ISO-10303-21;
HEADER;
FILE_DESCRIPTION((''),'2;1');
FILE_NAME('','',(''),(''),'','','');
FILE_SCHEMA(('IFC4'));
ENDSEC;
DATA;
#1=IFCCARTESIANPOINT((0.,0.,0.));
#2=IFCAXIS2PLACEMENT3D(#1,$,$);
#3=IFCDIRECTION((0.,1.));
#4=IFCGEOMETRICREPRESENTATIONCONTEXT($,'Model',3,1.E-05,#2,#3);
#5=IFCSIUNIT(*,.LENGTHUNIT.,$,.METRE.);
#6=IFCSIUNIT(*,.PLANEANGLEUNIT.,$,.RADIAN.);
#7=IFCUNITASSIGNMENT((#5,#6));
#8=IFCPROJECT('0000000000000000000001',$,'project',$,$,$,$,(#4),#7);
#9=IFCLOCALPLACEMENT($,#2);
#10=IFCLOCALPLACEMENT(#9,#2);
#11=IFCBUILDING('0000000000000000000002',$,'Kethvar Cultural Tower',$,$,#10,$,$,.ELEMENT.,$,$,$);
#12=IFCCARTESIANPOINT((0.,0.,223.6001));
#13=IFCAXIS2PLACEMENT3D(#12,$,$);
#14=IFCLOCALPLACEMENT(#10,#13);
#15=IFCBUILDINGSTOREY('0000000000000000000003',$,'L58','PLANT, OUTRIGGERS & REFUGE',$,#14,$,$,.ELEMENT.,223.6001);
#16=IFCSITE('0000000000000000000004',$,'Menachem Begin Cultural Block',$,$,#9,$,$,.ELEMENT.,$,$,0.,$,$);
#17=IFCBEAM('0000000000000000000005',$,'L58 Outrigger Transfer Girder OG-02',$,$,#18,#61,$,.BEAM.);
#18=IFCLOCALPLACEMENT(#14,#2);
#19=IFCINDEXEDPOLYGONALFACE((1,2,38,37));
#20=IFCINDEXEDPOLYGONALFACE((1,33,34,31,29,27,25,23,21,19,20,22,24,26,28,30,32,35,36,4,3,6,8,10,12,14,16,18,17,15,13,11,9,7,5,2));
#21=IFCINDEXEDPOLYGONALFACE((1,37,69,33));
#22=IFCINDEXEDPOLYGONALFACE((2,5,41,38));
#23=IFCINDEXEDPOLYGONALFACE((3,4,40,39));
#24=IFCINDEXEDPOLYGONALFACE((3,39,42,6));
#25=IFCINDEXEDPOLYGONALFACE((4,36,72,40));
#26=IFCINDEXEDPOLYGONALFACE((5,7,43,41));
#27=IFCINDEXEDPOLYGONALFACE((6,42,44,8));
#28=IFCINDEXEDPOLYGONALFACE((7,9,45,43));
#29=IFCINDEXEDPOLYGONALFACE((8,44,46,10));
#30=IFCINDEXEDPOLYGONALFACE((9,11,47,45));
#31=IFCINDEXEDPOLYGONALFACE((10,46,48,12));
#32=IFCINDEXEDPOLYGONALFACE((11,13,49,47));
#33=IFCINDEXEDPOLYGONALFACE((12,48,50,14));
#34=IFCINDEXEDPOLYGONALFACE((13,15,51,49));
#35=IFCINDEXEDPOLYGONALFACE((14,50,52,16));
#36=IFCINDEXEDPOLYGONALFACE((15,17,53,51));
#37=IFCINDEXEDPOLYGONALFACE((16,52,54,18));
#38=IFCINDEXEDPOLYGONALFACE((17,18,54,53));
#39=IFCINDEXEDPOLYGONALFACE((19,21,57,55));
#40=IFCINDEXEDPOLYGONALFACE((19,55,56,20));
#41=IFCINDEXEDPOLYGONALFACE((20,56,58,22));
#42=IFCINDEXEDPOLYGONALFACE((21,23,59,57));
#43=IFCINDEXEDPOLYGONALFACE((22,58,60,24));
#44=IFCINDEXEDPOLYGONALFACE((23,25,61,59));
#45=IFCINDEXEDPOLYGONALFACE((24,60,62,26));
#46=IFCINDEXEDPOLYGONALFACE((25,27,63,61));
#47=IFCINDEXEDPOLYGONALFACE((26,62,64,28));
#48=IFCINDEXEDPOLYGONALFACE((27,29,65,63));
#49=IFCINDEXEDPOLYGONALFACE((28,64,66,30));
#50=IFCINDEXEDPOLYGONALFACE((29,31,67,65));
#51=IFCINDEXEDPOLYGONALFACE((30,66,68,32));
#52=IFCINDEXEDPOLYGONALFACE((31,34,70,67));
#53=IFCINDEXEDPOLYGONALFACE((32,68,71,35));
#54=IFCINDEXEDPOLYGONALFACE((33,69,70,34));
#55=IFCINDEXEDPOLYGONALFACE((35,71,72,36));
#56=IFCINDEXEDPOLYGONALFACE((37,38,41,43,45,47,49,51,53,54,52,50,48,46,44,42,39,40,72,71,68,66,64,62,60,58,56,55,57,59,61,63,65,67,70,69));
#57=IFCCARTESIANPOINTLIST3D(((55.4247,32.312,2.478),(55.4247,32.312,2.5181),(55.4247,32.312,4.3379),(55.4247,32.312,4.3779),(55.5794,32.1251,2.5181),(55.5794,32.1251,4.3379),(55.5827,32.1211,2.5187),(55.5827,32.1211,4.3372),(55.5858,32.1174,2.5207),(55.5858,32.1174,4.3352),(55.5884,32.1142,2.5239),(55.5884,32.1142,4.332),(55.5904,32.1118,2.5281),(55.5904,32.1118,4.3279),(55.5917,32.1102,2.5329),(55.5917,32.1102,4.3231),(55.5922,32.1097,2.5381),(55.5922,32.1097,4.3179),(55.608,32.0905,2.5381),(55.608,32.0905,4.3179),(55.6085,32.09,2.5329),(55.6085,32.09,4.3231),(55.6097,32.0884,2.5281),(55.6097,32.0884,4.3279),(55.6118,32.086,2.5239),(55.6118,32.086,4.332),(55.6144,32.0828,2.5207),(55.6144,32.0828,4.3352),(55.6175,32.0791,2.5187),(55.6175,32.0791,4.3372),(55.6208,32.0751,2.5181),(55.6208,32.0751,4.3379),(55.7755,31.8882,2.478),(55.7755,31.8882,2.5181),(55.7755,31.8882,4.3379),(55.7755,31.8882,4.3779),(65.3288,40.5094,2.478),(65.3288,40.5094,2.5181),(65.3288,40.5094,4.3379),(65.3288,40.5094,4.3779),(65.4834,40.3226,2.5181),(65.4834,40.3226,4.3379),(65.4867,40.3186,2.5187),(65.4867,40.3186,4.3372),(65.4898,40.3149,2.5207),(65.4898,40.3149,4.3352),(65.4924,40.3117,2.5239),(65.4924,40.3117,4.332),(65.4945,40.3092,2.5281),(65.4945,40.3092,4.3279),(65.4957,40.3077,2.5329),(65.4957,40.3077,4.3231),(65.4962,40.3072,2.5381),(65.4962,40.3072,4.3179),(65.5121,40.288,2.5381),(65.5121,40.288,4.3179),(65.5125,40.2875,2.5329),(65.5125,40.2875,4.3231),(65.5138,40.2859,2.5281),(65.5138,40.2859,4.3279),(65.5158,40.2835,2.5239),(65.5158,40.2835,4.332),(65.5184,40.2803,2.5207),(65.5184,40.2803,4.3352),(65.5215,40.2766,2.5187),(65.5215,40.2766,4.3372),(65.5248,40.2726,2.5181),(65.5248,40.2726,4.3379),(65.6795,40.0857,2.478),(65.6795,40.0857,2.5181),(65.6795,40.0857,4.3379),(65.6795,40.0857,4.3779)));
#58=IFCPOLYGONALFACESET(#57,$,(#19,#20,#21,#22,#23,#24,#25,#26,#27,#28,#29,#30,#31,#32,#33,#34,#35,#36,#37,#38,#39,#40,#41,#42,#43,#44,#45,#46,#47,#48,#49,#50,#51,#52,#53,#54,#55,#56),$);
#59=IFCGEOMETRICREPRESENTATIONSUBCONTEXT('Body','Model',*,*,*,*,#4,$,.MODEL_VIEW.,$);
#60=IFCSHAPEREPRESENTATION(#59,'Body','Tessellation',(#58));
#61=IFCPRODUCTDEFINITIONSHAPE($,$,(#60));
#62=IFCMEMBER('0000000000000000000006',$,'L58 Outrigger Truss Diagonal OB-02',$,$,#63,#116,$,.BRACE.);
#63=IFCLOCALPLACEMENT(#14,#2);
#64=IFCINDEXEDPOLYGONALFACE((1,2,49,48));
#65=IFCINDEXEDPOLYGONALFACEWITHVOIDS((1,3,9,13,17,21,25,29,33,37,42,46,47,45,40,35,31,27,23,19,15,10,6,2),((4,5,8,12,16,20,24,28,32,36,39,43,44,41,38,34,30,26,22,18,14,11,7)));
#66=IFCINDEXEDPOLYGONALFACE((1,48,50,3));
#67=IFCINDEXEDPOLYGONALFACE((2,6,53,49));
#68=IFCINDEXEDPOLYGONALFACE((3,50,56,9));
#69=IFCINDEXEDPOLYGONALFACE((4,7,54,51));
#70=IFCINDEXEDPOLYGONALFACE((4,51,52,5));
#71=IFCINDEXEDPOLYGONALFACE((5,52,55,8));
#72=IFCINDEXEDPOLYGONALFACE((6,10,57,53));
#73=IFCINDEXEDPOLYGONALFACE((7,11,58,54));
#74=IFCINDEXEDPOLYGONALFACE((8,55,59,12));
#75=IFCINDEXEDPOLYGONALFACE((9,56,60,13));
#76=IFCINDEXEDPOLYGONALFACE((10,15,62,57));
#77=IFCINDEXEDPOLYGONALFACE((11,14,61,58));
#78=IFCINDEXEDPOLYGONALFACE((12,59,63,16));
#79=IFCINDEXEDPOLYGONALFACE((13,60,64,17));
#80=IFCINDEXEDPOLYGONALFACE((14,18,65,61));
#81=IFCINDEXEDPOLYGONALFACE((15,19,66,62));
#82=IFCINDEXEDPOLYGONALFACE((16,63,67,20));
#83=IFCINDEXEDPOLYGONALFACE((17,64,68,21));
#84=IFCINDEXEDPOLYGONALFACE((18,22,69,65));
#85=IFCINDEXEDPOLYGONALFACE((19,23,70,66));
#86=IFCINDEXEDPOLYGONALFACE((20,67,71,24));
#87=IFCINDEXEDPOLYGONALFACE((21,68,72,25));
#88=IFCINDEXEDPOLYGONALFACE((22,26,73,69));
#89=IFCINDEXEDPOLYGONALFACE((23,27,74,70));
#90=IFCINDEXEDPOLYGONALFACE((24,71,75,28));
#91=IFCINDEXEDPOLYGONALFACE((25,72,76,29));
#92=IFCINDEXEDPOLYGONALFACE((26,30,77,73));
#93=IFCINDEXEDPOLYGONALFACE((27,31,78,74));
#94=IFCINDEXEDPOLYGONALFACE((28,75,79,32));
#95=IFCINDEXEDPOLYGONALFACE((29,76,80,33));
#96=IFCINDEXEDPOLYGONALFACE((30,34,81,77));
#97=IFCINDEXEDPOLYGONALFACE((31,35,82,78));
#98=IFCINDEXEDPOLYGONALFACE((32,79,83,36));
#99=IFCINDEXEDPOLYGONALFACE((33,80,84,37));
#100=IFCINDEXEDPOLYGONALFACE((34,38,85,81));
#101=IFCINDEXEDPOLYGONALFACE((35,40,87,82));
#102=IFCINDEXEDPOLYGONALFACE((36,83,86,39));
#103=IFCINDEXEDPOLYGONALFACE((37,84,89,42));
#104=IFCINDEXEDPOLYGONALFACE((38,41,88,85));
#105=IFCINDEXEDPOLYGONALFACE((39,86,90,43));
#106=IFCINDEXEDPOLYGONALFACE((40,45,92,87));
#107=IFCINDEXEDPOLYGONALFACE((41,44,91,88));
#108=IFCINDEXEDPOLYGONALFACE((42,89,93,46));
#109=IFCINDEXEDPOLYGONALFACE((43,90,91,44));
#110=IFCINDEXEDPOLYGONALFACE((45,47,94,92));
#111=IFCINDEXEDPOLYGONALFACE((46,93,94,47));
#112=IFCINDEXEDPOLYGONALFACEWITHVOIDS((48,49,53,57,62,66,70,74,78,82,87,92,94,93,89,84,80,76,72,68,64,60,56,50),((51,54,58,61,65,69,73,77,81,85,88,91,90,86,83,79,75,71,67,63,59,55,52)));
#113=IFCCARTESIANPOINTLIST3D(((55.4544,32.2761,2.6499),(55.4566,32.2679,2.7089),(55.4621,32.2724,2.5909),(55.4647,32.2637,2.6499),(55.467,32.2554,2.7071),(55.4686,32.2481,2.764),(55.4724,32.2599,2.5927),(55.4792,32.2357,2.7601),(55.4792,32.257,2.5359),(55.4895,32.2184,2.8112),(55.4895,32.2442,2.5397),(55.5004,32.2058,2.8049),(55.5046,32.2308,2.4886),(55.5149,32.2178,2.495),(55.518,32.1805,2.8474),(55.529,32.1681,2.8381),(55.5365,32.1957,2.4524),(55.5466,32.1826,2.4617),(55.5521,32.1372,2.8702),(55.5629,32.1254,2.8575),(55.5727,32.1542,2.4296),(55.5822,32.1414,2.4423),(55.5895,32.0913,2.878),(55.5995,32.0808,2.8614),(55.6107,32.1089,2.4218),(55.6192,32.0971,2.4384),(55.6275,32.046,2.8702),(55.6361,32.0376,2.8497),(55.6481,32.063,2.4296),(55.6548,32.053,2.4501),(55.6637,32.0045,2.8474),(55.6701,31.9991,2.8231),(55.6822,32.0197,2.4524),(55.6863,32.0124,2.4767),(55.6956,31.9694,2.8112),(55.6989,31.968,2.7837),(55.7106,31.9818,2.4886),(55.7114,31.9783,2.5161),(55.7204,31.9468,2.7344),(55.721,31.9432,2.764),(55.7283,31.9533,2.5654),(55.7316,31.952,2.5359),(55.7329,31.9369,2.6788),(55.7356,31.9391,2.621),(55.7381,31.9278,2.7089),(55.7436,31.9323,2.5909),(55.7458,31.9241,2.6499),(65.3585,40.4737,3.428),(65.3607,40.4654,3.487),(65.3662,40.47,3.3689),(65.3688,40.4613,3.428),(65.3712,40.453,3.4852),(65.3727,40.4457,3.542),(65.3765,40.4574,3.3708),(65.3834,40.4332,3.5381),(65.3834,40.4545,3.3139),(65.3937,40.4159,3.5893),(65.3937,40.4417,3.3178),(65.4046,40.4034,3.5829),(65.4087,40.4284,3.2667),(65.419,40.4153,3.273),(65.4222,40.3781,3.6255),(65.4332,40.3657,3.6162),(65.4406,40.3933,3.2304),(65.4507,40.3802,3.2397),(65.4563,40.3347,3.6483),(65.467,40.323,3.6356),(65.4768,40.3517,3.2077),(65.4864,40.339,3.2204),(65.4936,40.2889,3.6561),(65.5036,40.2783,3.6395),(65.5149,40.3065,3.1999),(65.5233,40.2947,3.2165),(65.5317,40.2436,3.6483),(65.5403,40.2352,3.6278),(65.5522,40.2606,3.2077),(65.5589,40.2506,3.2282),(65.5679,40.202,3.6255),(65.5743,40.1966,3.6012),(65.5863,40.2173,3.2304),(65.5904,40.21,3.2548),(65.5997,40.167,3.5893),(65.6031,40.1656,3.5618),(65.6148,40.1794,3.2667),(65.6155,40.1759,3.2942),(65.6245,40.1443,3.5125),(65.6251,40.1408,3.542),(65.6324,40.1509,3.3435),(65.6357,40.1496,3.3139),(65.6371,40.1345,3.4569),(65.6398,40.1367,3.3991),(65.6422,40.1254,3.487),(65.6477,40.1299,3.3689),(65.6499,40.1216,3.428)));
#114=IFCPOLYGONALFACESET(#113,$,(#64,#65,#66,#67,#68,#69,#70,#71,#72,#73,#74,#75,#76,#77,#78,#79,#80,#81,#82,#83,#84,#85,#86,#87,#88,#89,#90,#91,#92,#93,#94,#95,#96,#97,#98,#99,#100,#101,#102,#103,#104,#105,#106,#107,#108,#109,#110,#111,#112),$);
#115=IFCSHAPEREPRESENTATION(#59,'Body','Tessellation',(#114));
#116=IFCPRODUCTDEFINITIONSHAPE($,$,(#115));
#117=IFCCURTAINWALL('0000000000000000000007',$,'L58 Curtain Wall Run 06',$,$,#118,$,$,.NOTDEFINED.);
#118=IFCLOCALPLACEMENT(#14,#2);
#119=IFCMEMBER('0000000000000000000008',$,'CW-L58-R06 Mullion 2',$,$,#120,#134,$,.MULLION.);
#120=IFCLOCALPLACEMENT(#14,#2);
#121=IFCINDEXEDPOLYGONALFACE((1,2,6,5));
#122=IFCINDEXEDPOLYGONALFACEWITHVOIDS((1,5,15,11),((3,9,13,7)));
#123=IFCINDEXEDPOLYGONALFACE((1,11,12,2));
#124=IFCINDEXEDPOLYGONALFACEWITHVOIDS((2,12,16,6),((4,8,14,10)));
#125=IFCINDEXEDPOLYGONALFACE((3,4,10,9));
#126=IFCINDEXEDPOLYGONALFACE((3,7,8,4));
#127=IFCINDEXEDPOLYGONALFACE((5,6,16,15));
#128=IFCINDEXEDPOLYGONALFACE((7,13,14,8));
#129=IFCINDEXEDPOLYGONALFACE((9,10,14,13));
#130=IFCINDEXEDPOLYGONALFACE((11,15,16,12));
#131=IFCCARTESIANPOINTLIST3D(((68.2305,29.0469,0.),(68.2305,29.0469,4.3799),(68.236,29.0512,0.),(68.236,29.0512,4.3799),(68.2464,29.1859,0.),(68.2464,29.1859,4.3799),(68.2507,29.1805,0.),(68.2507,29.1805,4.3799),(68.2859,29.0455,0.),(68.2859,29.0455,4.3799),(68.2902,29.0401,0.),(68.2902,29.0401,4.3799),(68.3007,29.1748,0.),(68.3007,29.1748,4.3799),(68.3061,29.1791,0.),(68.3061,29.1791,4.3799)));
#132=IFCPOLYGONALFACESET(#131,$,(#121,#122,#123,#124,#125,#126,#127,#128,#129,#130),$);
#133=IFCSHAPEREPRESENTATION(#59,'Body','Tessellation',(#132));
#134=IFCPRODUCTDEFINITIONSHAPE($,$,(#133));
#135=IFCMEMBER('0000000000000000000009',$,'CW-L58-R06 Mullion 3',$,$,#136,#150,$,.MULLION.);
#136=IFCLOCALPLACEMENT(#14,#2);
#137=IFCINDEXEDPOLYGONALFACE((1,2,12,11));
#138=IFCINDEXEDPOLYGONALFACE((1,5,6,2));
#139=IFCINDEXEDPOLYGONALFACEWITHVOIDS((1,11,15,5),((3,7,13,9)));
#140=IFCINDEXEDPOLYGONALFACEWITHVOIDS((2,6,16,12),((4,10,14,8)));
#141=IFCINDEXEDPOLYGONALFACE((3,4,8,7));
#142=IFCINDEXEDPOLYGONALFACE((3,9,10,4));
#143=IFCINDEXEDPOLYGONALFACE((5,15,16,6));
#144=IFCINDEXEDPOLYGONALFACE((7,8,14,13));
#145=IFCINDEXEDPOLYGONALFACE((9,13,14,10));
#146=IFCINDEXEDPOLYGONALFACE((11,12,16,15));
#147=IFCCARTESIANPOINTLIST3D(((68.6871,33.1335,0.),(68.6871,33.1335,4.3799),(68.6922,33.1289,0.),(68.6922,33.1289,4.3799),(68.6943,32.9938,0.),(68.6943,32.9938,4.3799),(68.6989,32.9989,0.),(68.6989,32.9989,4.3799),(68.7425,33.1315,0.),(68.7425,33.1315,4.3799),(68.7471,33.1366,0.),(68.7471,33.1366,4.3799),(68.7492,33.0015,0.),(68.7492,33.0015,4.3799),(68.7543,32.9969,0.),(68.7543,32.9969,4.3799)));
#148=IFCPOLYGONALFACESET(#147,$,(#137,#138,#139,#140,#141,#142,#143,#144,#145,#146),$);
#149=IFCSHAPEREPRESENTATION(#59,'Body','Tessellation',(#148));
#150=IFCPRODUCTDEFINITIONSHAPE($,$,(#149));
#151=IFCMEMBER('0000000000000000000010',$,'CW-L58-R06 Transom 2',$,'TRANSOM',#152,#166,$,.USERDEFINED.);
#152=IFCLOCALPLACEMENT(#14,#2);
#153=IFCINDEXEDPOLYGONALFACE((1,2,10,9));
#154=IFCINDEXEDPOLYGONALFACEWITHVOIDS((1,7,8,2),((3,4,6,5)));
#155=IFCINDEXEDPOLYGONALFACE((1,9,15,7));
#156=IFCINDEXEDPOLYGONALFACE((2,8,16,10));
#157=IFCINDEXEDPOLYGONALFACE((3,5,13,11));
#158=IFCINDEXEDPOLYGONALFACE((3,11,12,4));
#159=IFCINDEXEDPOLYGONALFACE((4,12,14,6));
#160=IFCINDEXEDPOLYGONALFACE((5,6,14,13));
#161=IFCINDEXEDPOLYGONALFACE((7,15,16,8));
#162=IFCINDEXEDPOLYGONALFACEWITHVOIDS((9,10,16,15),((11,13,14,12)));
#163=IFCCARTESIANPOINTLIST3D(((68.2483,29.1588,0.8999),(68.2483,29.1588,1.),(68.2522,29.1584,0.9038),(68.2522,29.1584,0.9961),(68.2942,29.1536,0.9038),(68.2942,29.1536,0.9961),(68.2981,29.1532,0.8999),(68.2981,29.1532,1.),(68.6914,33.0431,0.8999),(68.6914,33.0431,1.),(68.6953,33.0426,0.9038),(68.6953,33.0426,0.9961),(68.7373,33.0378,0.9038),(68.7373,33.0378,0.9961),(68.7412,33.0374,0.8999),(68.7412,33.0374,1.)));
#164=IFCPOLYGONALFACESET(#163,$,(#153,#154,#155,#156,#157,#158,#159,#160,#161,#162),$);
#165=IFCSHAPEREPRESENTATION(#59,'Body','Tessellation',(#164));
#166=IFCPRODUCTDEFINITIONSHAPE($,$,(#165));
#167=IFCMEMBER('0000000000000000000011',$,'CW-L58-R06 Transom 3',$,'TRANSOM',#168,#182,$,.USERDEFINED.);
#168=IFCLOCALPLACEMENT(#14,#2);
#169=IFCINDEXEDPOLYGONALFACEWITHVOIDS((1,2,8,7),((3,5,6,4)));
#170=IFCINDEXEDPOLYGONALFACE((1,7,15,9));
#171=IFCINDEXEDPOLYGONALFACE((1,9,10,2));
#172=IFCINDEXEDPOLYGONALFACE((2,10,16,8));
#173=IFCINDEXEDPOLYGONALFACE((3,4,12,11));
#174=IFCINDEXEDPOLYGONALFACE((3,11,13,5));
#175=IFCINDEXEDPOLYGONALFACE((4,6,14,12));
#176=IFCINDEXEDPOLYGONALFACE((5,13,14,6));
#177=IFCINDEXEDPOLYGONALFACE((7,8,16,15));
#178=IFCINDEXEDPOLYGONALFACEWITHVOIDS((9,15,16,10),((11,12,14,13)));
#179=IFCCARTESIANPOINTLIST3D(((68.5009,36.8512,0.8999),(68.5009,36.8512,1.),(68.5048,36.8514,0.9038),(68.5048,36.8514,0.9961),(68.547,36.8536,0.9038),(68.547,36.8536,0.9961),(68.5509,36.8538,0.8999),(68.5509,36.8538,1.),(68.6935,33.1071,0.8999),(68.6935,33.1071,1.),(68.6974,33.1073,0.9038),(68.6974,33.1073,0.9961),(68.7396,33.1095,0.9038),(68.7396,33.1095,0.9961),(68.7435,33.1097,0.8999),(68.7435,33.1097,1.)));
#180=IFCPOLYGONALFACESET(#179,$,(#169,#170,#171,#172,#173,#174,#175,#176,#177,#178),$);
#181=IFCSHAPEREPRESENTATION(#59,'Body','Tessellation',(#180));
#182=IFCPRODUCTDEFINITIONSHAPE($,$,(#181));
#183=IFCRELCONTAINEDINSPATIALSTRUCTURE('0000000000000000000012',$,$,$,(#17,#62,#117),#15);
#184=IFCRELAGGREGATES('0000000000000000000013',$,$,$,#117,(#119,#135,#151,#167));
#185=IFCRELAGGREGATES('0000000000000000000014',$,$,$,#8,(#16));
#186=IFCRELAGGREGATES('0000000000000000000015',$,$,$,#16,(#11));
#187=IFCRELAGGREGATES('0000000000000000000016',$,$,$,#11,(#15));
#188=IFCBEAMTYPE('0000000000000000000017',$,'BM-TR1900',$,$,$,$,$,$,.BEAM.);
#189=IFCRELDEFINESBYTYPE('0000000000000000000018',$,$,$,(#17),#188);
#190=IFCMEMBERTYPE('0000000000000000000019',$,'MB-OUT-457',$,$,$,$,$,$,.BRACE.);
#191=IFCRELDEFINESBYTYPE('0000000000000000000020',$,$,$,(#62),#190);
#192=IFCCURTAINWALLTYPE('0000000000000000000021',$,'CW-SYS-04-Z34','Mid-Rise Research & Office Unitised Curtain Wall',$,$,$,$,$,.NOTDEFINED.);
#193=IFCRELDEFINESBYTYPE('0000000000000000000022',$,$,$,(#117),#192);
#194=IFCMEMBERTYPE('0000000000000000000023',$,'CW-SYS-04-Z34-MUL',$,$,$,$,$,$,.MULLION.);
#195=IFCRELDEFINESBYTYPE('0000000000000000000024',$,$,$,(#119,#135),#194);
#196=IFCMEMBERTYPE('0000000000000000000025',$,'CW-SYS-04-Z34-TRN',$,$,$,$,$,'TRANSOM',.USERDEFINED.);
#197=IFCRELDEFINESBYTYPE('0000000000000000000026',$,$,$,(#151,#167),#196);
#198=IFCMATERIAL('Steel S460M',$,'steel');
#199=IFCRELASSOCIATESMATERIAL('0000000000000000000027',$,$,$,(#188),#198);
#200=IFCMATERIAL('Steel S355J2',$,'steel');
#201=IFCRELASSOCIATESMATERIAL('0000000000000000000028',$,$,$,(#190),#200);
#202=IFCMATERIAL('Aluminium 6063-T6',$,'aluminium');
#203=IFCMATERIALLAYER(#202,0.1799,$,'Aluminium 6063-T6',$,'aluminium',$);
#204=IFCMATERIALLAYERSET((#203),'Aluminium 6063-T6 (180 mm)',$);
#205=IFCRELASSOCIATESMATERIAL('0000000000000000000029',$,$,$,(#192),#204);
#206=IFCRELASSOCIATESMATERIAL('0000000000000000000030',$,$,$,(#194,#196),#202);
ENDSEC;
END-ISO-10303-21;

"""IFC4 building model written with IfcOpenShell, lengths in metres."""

from ifc_helpers import new_model, si_unit, direction, frame, origin, origin_2d, place, context, subcontext, project, spatial, hollow_rectangle, hollow_circle, i_section, extrude, source, transform, mapped, material, layer, layer_set, material_profile, profile_set, type_object, element, aggregate, save


model = new_model("IFC4")

# Units and contexts
model_context = context("Model", 3, precision=1e-05, world=origin(), true_north=direction((0.0, 1.0)))
body_context = subcontext(model_context, "Body", "Model", "MODEL_VIEW")
ifc_project = project(units=[si_unit("LENGTHUNIT", "METRE"), si_unit("PLANEANGLEUNIT", "RADIAN")], contexts=[model_context])

# Site, building, storey
site_placement = place(None, origin())
site = spatial("IfcSite", under=ifc_project, at=site_placement, Name="Menachem Begin Cultural Block", CompositionType="ELEMENT", RefElevation=0.0)
building_placement = place(site_placement, origin())
building = spatial("IfcBuilding", under=site, at=building_placement, Name="Kethvar Cultural Tower", CompositionType="ELEMENT")
storey_placement = place(building_placement, frame((0.0, 0.0, 223.6001)))
storey = spatial("IfcBuildingStorey", under=building, at=storey_placement, Name="L58", Description="PLANT, OUTRIGGERS & REFUGE", CompositionType="ELEMENT", Elevation=223.6001)

# Shared definitions
ifc_material_1 = material(Name="Steel S460M", Category="steel")

# Shared definitions
ifc_material_profile_1 = material_profile(ifc_material_1, i_section(OverallWidth=0.55, OverallDepth=1.8999, WebThickness=0.0249, FlangeThickness=0.04, FilletRadius=0.02, at=origin_2d()), Name="Steel S460M — PG1900x550x40x25")
ifc_profile_set_1 = profile_set([ifc_material_profile_1], Name="Steel S460M — PG1900x550x40x25")
beam_type = type_object("IfcBeamType", Name="BM-TR1900", PredefinedType="BEAM", material=ifc_profile_set_1)

# Shared definitions
ifc_material_2 = material(Name="Steel S355J2", Category="steel")
ifc_material_profile_2 = material_profile(ifc_material_2, hollow_circle(Radius=0.2285, WallThickness=0.0161, at=origin_2d()), Name="Steel S355J2 — CHS457x16")
ifc_profile_set_2 = profile_set([ifc_material_profile_2], Name="Steel S355J2 — CHS457x16")
member_type_1 = type_object("IfcMemberType", Name="MB-OUT-457", PredefinedType="BRACE", material=ifc_profile_set_2)

# Beam
shared_shape_1 = source(origin(), body_context, "Body", "SweptSolid", [
    extrude(i_section(OverallWidth=0.55, OverallDepth=1.8999, WebThickness=0.0249, FlangeThickness=0.04, FilletRadius=0.02, at=origin_2d()), origin(), (0.0, 0.0, 1.0), 12.8564),
])
beam_1_placement = place(storey_placement, frame((55.6001, 32.1001, 3.428), z_axis=(0.770354, 0.637616, 0.0), x_axis=(-0.637616, 0.770354, 0.0)))
element("IfcBeam", 1, at=beam_1_placement, inside=storey, type_object=beam_type, Name="L58 Outrigger Transfer Girder OG-02", PredefinedType="BEAM", context=body_context, shape_type="MappedRepresentation", body=[
    mapped(shared_shape_1, transform((0.0, 0.0, 0.0), scale=1.0)),
])

# Member
shared_shape_2 = source(origin(), body_context, "Body", "SweptSolid", [
    extrude(hollow_circle(Radius=0.2285, WallThickness=0.0161, at=origin_2d()), origin(), (0.0, 0.0, 1.0), 12.8801),
])
member_1_placement = place(storey_placement, frame((55.6001, 32.1001, 2.6499), z_axis=(0.768947, 0.636452, 0.06041), x_axis=(-0.637616, 0.770354, 0.0)))
element("IfcMember", 2, at=member_1_placement, inside=storey, type_object=member_type_1, Name="L58 Outrigger Truss Diagonal OB-02", PredefinedType="BRACE", context=body_context, shape_type="MappedRepresentation", body=[
    mapped(shared_shape_2, transform((0.0, 0.0, 0.0), scale=1.0)),
])

# Curtain wall, members
ifc_material_3 = material(Name="Aluminium 6063-T6", Category="aluminium")
ifc_layer_1 = layer(ifc_material_3, 0.1799, Name="Aluminium 6063-T6", Category="aluminium")
ifc_layer_set_1 = layer_set([ifc_layer_1], Name="Aluminium 6063-T6 (180 mm)")
curtain_wall_type = type_object("IfcCurtainWallType", Name="CW-SYS-04-Z34", Description="Mid-Rise Research & Office Unitised Curtain Wall", PredefinedType="NOTDEFINED", material=ifc_layer_set_1)
curtain_wall_placement = place(storey_placement, origin())
curtain_wall = element("IfcCurtainWall", 3, at=curtain_wall_placement, inside=storey, type_object=curtain_wall_type, Name="L58 Curtain Wall Run 06", PredefinedType="NOTDEFINED")
ifc_material_profile_3 = material_profile(ifc_material_3, hollow_rectangle(XDim=0.0601, YDim=0.1399, WallThickness=0.0049, at=origin_2d()), Name="Aluminium 6063-T6 — RHS140x60x5")
ifc_profile_set_3 = profile_set([ifc_material_profile_3], Name="Aluminium 6063-T6 — RHS140x60x5")
member_type_2 = type_object("IfcMemberType", Name="CW-SYS-04-Z34-MUL", PredefinedType="MULLION", material=ifc_profile_set_3)
shared_shape_3 = source(origin(), body_context, "Body", "SweptSolid", [
    extrude(hollow_rectangle(XDim=0.0601, YDim=0.1399, WallThickness=0.0049, at=origin_2d()), origin(), (0.0, 0.0, 1.0), 4.3799),
])
member_2_placement = place(storey_placement, frame((68.2683, 29.113, 0.0), z_axis=(0.0, 0.0, 1.0), x_axis=(-0.993554, 0.113359, 0.0)))
member_2 = element("IfcMember", 4, at=member_2_placement, type_object=member_type_2, Name="CW-L58-R06 Mullion 2", PredefinedType="MULLION", context=body_context, shape_type="MappedRepresentation", body=[
    mapped(shared_shape_3, transform((0.0, 0.0, 0.0), scale=1.0)),
])
member_3_placement = place(storey_placement, frame((68.7207, 33.0652, 0.0), z_axis=(0.0, 0.0, 1.0), x_axis=(-0.998678, -0.051395, 0.0)))
member_3 = element("IfcMember", 5, at=member_3_placement, type_object=member_type_2, Name="CW-L58-R06 Mullion 3", PredefinedType="MULLION", context=body_context, shape_type="MappedRepresentation", body=[
    mapped(shared_shape_3, transform((0.0, 0.0, 0.0), scale=1.0)),
])
ifc_material_profile_4 = material_profile(ifc_material_3, hollow_rectangle(XDim=0.05, YDim=0.1001, WallThickness=0.0039, at=origin_2d()), Name="Aluminium 6063-T6 — RHS100x50x4")
ifc_profile_set_4 = profile_set([ifc_material_profile_4], Name="Aluminium 6063-T6 — RHS100x50x4")
member_type_3 = type_object("IfcMemberType", Name="CW-SYS-04-Z34-TRN", ElementType="TRANSOM", PredefinedType="USERDEFINED", material=ifc_profile_set_4)
shared_shape_4 = source(origin(), body_context, "Body", "SweptSolid", [
    extrude(hollow_rectangle(XDim=0.05, YDim=0.1001, WallThickness=0.0039, at=origin_2d()), origin(), (0.0, 0.0, 1.0), 3.9094),
])
member_4_placement = place(storey_placement, frame((68.2732, 29.156, 0.95), z_axis=(0.113344, 0.993556, 0.0), x_axis=(-0.993556, 0.113344, 0.0)))
member_4 = element("IfcMember", 6, at=member_4_placement, type_object=member_type_3, Name="CW-L58-R06 Transom 2", ObjectType="TRANSOM", PredefinedType="USERDEFINED", context=body_context, shape_type="MappedRepresentation", body=[
    mapped(shared_shape_4, transform((0.0, 0.0, 0.0), scale=1.0)),
])
shared_shape_5 = source(origin(), body_context, "Body", "SweptSolid", [
    extrude(hollow_rectangle(XDim=0.05, YDim=0.1001, WallThickness=0.0039, at=origin_2d()), origin(), (0.0, 0.0, 1.0), 3.749),
])
member_5_placement = place(storey_placement, frame((68.7185, 33.1084, 0.95), z_axis=(-0.05138, 0.998679, 0.0), x_axis=(-0.998679, -0.05138, 0.0)))
member_5 = element("IfcMember", 7, at=member_5_placement, type_object=member_type_3, Name="CW-L58-R06 Transom 3", ObjectType="TRANSOM", PredefinedType="USERDEFINED", context=body_context, shape_type="MappedRepresentation", body=[
    mapped(shared_shape_5, transform((0.0, 0.0, 0.0), scale=1.0)),
])

aggregate(curtain_wall, [member_2, member_3, member_4, member_5])

save(model, "model.ifc")
